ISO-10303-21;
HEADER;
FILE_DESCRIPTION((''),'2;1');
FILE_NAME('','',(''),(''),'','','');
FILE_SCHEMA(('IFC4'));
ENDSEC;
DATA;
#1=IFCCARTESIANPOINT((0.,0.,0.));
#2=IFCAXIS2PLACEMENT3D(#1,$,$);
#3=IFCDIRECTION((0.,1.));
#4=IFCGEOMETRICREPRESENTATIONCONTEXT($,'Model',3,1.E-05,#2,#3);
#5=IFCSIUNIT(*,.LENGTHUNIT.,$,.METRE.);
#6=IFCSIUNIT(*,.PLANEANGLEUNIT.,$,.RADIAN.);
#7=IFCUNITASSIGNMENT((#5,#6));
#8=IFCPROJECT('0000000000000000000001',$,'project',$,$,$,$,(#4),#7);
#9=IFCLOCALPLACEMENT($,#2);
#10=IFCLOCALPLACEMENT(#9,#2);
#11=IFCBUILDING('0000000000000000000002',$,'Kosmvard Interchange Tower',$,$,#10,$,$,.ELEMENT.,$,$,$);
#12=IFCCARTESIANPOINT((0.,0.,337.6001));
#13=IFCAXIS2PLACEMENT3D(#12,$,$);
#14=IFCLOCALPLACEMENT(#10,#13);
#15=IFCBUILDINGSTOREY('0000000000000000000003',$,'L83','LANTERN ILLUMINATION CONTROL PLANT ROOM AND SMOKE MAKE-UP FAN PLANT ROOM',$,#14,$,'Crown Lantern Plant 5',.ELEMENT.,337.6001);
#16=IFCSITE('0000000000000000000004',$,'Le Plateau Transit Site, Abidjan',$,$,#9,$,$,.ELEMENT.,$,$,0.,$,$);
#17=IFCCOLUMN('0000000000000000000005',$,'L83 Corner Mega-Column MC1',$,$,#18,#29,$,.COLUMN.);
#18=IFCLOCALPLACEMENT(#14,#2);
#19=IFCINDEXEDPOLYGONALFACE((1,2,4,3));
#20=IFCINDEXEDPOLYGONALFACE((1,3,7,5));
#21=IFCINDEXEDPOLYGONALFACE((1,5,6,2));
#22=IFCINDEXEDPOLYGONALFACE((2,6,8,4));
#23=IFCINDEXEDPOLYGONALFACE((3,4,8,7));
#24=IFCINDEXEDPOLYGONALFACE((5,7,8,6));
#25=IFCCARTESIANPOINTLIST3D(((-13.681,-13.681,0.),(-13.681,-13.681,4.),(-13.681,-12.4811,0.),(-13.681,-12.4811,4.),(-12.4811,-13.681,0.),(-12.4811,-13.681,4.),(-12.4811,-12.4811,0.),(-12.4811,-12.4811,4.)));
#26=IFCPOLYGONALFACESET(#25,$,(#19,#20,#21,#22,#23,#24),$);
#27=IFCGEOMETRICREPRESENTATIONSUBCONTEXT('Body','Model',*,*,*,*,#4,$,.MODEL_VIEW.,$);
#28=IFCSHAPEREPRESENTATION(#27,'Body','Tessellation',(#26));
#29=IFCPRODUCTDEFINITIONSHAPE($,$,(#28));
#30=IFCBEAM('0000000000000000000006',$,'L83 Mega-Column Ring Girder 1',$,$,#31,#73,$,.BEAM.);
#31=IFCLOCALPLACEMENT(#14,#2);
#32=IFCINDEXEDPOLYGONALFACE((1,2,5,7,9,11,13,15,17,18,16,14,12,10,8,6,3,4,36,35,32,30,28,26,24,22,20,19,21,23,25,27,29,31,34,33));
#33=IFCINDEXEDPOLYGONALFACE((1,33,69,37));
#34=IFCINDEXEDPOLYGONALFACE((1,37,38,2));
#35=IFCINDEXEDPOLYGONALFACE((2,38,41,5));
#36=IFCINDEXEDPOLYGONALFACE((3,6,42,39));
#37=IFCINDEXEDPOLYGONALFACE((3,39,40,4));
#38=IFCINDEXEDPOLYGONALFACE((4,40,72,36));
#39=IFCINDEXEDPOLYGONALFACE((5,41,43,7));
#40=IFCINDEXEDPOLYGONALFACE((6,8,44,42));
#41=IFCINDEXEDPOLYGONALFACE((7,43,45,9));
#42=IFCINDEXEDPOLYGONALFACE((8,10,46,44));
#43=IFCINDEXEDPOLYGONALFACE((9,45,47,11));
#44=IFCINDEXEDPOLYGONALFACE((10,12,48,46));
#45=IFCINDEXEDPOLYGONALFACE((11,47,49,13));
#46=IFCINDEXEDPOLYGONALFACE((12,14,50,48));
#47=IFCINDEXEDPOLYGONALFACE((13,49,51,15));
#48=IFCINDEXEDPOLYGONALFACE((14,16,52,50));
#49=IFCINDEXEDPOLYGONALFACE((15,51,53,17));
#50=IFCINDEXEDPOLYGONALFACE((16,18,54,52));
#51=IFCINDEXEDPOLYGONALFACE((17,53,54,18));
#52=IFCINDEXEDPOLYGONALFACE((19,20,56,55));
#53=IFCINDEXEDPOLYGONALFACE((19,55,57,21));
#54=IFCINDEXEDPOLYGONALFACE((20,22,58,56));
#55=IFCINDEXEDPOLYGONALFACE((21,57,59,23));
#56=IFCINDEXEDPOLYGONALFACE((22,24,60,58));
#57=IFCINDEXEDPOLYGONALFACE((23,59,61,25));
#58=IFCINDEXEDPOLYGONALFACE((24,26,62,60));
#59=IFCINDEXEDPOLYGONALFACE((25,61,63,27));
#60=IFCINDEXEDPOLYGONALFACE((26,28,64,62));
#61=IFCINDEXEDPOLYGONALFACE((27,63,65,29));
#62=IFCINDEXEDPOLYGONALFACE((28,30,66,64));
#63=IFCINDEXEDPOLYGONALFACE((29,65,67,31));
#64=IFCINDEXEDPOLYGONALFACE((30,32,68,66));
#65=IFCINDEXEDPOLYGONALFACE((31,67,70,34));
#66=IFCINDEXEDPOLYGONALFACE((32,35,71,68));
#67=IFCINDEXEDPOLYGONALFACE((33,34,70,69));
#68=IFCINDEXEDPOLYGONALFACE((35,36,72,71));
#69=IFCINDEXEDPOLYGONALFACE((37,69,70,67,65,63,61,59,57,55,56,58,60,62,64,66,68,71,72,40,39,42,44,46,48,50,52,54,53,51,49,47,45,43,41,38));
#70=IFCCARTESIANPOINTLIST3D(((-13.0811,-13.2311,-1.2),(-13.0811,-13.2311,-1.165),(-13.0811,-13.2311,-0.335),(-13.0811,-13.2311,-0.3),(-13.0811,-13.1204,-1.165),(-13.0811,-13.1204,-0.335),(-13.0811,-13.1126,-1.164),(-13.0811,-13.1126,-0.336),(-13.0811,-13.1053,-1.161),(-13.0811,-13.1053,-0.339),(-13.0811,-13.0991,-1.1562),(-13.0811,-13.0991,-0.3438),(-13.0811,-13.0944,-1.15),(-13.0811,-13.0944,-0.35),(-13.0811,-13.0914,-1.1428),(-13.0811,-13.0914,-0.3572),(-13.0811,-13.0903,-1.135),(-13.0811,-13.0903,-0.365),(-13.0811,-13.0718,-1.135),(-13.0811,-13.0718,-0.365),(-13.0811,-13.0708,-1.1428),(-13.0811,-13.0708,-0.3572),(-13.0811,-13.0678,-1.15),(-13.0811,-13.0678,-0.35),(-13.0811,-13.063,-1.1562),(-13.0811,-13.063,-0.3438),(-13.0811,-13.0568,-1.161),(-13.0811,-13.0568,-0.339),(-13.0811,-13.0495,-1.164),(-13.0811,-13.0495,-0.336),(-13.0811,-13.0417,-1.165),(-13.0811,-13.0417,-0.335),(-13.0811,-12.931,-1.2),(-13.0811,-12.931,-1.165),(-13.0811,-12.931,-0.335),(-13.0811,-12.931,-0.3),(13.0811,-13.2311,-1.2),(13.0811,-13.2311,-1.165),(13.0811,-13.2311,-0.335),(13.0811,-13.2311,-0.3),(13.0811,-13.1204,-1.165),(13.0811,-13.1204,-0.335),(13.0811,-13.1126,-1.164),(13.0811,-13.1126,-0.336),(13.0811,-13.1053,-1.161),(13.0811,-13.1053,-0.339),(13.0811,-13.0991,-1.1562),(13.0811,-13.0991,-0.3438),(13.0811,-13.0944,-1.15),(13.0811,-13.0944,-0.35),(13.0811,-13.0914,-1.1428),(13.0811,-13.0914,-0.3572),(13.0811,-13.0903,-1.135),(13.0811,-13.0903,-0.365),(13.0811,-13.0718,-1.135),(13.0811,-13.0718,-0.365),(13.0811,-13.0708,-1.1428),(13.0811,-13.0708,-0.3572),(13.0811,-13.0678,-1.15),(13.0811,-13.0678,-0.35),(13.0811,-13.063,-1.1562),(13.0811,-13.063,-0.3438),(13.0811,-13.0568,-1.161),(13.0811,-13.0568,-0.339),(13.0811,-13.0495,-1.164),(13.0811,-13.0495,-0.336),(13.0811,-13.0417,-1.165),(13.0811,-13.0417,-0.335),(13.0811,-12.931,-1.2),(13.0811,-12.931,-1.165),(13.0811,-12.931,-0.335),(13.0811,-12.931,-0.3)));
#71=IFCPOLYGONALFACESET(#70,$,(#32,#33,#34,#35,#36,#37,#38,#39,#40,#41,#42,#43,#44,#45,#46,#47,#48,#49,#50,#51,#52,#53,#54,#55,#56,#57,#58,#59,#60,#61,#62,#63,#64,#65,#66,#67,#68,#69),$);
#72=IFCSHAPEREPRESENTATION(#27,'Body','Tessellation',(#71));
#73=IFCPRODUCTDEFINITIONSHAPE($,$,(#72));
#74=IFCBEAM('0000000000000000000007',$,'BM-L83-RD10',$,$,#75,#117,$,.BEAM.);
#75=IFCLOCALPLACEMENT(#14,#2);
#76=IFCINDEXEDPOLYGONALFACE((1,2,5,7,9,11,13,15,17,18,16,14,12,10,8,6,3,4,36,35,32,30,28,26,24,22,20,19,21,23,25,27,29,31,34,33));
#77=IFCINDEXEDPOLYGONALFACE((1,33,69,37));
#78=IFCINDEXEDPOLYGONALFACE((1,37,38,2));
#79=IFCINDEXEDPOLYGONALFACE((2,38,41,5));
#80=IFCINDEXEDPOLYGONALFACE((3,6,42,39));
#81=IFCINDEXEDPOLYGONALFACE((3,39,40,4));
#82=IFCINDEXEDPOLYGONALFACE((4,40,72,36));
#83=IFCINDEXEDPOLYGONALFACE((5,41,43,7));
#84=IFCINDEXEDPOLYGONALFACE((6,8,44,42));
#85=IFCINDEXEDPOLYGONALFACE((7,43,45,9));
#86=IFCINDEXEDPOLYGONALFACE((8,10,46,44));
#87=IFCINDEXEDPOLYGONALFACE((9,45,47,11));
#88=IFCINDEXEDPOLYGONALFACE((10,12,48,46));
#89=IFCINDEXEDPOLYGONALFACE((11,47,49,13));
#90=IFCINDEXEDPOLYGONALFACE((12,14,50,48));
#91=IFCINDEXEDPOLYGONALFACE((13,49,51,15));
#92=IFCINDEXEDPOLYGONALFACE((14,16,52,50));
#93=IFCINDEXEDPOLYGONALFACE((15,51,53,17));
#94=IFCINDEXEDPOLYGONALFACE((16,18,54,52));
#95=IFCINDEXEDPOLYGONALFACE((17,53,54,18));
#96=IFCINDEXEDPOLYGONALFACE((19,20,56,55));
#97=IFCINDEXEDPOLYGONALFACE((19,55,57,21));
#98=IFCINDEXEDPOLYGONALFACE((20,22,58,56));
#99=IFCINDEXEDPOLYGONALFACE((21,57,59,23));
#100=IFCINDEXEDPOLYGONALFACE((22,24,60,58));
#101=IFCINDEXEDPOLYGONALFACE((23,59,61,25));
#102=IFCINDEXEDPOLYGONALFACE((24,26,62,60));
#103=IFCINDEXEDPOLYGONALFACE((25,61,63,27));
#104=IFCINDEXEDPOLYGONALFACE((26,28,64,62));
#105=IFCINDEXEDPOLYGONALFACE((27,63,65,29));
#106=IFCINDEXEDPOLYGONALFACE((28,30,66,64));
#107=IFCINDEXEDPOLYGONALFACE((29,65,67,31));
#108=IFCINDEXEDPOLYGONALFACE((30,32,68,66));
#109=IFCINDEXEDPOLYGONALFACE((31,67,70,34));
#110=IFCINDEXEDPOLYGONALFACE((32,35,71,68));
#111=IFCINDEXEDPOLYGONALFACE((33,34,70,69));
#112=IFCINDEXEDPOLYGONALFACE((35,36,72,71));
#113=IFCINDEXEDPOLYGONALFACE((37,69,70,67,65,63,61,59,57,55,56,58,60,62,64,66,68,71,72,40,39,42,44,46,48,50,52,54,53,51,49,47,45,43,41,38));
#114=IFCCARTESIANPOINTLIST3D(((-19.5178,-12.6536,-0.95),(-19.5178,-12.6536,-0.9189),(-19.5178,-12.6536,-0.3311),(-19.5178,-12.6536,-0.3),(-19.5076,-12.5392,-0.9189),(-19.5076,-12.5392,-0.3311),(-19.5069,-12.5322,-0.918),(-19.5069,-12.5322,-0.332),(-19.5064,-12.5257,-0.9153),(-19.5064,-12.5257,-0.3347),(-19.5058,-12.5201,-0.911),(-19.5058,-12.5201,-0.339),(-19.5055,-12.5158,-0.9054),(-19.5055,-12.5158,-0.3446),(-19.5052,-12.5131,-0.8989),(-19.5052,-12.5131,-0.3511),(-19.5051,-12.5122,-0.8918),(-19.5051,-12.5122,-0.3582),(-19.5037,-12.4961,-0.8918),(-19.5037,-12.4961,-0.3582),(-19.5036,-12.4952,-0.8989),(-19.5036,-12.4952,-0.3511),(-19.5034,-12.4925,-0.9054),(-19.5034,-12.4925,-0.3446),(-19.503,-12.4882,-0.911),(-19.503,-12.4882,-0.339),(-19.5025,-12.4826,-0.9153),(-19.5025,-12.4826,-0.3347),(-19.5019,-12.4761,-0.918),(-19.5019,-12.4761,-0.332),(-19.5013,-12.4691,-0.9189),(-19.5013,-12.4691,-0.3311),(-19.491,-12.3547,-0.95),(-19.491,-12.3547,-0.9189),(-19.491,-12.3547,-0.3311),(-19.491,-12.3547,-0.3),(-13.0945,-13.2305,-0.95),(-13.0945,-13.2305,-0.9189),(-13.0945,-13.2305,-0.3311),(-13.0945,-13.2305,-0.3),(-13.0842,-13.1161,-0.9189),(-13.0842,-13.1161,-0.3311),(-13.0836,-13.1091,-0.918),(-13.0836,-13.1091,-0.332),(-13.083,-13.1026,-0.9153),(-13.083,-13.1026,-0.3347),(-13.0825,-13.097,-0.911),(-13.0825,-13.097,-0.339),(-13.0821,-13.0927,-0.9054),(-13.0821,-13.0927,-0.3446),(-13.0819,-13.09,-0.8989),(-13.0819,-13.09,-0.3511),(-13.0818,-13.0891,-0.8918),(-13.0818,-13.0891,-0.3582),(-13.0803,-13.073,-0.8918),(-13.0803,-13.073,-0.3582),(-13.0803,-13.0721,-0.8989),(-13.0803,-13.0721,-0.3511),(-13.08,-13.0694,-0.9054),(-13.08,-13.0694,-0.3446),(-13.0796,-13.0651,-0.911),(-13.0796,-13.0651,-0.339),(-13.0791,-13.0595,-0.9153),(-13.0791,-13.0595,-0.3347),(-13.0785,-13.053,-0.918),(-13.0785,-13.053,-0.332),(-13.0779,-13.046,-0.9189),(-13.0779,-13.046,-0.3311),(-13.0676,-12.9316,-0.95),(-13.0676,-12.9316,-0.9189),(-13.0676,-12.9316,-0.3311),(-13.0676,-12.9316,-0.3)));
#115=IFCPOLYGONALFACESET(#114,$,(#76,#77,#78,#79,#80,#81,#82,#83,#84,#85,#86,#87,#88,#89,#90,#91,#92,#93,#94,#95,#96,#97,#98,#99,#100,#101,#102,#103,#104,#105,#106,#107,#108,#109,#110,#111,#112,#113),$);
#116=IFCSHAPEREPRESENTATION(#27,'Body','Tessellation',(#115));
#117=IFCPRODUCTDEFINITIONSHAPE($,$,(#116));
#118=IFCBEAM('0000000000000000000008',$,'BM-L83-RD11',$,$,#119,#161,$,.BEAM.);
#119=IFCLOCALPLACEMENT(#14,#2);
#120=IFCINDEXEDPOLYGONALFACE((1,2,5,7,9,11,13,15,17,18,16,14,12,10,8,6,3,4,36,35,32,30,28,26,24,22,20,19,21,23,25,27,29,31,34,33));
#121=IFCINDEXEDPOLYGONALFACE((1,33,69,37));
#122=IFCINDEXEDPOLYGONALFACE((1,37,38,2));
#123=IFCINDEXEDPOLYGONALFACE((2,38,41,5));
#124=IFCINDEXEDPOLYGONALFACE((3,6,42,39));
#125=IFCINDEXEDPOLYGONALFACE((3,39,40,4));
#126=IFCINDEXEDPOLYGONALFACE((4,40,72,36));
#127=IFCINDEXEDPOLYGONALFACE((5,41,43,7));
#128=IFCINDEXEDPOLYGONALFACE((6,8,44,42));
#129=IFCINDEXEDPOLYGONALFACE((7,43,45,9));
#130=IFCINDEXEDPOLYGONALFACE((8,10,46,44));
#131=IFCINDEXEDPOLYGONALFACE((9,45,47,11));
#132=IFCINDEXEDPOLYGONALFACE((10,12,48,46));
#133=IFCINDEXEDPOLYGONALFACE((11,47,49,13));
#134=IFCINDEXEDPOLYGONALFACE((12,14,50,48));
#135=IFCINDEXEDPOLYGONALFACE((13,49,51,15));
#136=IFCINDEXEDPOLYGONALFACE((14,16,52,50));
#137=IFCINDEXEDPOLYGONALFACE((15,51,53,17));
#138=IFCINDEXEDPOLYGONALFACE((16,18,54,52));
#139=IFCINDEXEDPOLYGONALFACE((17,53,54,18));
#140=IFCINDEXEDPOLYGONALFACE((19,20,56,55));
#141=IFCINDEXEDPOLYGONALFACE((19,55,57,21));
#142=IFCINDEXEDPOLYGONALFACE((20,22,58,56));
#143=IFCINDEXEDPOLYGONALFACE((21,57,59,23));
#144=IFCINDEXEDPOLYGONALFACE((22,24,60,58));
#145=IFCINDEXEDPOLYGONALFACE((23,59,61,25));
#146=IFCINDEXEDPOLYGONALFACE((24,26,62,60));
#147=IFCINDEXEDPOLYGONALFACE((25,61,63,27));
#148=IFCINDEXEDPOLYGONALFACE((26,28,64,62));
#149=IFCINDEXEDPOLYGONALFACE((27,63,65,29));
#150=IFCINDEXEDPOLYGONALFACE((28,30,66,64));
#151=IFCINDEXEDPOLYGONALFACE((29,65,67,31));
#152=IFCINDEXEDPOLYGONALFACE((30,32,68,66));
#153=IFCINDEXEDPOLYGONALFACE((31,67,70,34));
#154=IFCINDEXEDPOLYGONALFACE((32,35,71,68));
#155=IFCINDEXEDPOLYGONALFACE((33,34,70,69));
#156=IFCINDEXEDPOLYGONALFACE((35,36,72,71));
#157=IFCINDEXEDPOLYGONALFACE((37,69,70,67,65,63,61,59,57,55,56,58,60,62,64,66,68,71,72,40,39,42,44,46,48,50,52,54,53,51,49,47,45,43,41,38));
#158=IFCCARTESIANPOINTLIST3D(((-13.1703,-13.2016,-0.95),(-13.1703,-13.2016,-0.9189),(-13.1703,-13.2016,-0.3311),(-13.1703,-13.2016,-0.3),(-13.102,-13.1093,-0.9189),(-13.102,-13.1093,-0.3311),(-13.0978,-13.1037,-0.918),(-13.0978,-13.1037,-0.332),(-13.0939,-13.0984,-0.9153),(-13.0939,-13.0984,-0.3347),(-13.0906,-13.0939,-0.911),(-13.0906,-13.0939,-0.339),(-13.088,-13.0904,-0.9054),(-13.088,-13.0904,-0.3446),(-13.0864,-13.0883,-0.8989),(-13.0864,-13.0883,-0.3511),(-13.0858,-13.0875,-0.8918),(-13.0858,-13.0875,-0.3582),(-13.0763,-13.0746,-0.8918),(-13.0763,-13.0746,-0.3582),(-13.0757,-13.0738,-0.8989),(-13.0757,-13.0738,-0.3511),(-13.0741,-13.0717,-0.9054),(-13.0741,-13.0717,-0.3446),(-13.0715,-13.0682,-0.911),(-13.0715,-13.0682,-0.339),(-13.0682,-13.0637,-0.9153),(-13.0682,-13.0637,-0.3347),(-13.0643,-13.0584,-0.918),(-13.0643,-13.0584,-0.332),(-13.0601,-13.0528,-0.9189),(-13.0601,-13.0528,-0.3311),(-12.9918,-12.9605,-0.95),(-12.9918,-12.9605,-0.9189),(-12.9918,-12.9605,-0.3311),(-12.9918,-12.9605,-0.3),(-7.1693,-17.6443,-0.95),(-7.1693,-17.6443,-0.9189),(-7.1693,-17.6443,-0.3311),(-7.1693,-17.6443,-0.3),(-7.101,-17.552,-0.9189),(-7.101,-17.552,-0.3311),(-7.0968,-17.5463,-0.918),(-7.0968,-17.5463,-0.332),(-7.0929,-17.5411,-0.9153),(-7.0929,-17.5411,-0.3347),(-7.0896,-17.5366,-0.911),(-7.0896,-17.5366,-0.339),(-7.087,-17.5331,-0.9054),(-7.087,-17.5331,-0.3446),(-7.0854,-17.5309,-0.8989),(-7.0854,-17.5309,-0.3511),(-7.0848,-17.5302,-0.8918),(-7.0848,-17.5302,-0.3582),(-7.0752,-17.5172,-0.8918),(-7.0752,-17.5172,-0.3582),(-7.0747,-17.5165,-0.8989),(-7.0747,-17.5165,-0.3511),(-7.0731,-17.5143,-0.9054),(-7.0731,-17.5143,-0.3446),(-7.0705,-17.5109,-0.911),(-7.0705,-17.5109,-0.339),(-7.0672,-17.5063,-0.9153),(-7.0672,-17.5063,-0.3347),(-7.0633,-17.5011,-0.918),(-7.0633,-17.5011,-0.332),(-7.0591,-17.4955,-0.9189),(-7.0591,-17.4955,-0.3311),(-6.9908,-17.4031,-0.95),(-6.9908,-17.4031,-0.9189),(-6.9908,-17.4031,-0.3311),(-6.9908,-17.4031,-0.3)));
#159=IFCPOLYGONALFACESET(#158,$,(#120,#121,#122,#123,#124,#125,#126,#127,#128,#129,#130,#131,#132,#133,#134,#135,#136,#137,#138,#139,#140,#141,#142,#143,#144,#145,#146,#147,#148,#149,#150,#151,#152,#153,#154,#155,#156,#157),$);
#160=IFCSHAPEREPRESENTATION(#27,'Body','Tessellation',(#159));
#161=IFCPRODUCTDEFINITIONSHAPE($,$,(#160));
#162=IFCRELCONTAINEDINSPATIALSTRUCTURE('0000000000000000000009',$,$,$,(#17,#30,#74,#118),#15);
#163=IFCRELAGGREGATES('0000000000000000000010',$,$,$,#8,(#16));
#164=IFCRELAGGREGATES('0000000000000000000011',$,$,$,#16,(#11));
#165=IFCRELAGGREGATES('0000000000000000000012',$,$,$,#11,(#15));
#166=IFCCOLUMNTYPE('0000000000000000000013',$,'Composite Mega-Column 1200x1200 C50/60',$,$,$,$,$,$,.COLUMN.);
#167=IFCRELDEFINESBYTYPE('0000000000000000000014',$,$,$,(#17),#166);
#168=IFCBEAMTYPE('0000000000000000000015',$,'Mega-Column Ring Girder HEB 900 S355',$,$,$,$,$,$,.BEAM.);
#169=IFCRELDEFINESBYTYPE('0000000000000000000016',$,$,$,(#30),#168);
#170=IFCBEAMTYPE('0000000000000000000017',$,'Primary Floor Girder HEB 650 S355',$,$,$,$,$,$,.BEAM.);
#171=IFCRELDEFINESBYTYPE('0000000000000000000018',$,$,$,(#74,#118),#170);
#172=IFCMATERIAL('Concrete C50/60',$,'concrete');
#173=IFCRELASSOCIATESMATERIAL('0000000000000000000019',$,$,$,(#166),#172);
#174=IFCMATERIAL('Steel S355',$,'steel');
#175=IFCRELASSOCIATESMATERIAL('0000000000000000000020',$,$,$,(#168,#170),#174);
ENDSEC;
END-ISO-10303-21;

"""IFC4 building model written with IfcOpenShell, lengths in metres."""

from ifc_helpers import new_model, si_unit, direction, frame, origin, origin_2d, place, context, subcontext, project, spatial, rectangle, i_section, extrude, source, transform, mapped, material, material_profile, profile_set, type_object, element, save


model = new_model("IFC4")

# Units and contexts
model_context = context("Model", 3, precision=1e-05, world=origin(), true_north=direction((0.0, 1.0)))
body_context = subcontext(model_context, "Body", "Model", "MODEL_VIEW")
ifc_project = project(units=[si_unit("LENGTHUNIT", "METRE"), si_unit("PLANEANGLEUNIT", "RADIAN")], contexts=[model_context])

# Site, building, storey
site_placement = place(None, origin())
site = spatial("IfcSite", under=ifc_project, at=site_placement, Name="Le Plateau Transit Site, Abidjan", CompositionType="ELEMENT", RefElevation=0.0)
building_placement = place(site_placement, origin())
building = spatial("IfcBuilding", under=site, at=building_placement, Name="Kosmvard Interchange Tower", CompositionType="ELEMENT")
storey_placement = place(building_placement, frame((0.0, 0.0, 337.6001)))
storey = spatial("IfcBuildingStorey", under=building, at=storey_placement, Name="L83", Description="LANTERN ILLUMINATION CONTROL PLANT ROOM AND SMOKE MAKE-UP FAN PLANT ROOM", LongName="Crown Lantern Plant 5", CompositionType="ELEMENT", Elevation=337.6001)

# Column
ifc_material_1 = material(Name="Concrete C50/60", Category="concrete")
ifc_material_profile_1 = material_profile(ifc_material_1, rectangle(XDim=1.2, YDim=1.2, at=origin_2d()), Name="MC 1200x1200")
ifc_profile_set_1 = profile_set([ifc_material_profile_1], Name="Concrete C50/60")
column_type = type_object("IfcColumnType", Name="Composite Mega-Column 1200x1200 C50/60", PredefinedType="COLUMN", material=ifc_profile_set_1)
shared_shape_1 = source(origin(), body_context, "Body", "SweptSolid", [
    extrude(rectangle(XDim=1.2, YDim=1.2, at=origin_2d()), origin(), (0.0, 0.0, 1.0), 4.0),
])
column_placement = place(storey_placement, frame((-13.0811, -13.0811, 0.0), z_axis=(0.0, 0.0, 1.0), x_axis=(1.0, 0.0, 0.0)))
element("IfcColumn", 1, at=column_placement, inside=storey, type_object=column_type, Name="L83 Corner Mega-Column MC1", PredefinedType="COLUMN", context=body_context, shape_type="MappedRepresentation", body=[
    mapped(shared_shape_1, transform((0.0, 0.0, 0.0), scale=1.0)),
])

# Beams
ifc_material_2 = material(Name="Steel S355", Category="steel")
ifc_material_profile_2 = material_profile(ifc_material_2, i_section(OverallWidth=0.3, OverallDepth=0.8999, WebThickness=0.0186, FlangeThickness=0.0349, FilletRadius=0.03, at=origin_2d()), Name="HEB 900")
ifc_profile_set_2 = profile_set([ifc_material_profile_2], Name="Steel S355")
beam_type_1 = type_object("IfcBeamType", Name="Mega-Column Ring Girder HEB 900 S355", PredefinedType="BEAM", material=ifc_profile_set_2)
shared_shape_2 = source(origin(), body_context, "Body", "SweptSolid", [
    extrude(i_section(OverallWidth=0.3, OverallDepth=0.8999, WebThickness=0.0186, FlangeThickness=0.0349, FilletRadius=0.03, at=origin_2d()), origin(), (0.0, 0.0, 1.0), 26.1621),
])
beam_1_placement = place(storey_placement, frame((-13.0811, -13.0811, -0.75), z_axis=(1.0, 0.0, 0.0), x_axis=(0.0, 1.0, 0.0)))
element("IfcBeam", 2, at=beam_1_placement, inside=storey, type_object=beam_type_1, Name="L83 Mega-Column Ring Girder 1", PredefinedType="BEAM", context=body_context, shape_type="MappedRepresentation", body=[
    mapped(shared_shape_2, transform((0.0, 0.0, 0.0), scale=1.0)),
])
ifc_material_profile_3 = material_profile(ifc_material_2, i_section(OverallWidth=0.3, OverallDepth=0.6499, WebThickness=0.0161, FlangeThickness=0.031, FilletRadius=0.0271, at=origin_2d()), Name="HEB 650")
ifc_profile_set_3 = profile_set([ifc_material_profile_3], Name="Steel S355")
beam_type_2 = type_object("IfcBeamType", Name="Primary Floor Girder HEB 650 S355", PredefinedType="BEAM", material=ifc_profile_set_3)
shared_shape_3 = source(origin(), body_context, "Body", "SweptSolid", [
    extrude(i_section(OverallWidth=0.3, OverallDepth=0.6499, WebThickness=0.0161, FlangeThickness=0.031, FilletRadius=0.0271, at=origin_2d()), origin(), (0.0, 0.0, 1.0), 6.4492),
])
beam_2_placement = place(storey_placement, frame((-13.0811, -13.0811, -0.625), z_axis=(-0.995991, 0.089454, 0.0), x_axis=(-0.089454, -0.995991, 0.0)))
element("IfcBeam", 3, at=beam_2_placement, inside=storey, type_object=beam_type_2, Name="BM-L83-RD10", PredefinedType="BEAM", context=body_context, shape_type="MappedRepresentation", body=[
    mapped(shared_shape_3, transform((0.0, 0.0, 0.0), scale=1.0)),
])
shared_shape_4 = source(origin(), body_context, "Body", "SweptSolid", [
    extrude(i_section(OverallWidth=0.3, OverallDepth=0.6499, WebThickness=0.0161, FlangeThickness=0.031, FilletRadius=0.0271, at=origin_2d()), origin(), (0.0, 0.0, 1.0), 7.4666),
])
beam_3_placement = place(storey_placement, frame((-13.0811, -13.0811, -0.625), z_axis=(0.80372, -0.595008, 0.0), x_axis=(0.595008, 0.80372, 0.0)))
element("IfcBeam", 4, at=beam_3_placement, inside=storey, type_object=beam_type_2, Name="BM-L83-RD11", PredefinedType="BEAM", context=body_context, shape_type="MappedRepresentation", body=[
    mapped(shared_shape_4, transform((0.0, 0.0, 0.0), scale=1.0)),
])

save(model, "model.ifc")
